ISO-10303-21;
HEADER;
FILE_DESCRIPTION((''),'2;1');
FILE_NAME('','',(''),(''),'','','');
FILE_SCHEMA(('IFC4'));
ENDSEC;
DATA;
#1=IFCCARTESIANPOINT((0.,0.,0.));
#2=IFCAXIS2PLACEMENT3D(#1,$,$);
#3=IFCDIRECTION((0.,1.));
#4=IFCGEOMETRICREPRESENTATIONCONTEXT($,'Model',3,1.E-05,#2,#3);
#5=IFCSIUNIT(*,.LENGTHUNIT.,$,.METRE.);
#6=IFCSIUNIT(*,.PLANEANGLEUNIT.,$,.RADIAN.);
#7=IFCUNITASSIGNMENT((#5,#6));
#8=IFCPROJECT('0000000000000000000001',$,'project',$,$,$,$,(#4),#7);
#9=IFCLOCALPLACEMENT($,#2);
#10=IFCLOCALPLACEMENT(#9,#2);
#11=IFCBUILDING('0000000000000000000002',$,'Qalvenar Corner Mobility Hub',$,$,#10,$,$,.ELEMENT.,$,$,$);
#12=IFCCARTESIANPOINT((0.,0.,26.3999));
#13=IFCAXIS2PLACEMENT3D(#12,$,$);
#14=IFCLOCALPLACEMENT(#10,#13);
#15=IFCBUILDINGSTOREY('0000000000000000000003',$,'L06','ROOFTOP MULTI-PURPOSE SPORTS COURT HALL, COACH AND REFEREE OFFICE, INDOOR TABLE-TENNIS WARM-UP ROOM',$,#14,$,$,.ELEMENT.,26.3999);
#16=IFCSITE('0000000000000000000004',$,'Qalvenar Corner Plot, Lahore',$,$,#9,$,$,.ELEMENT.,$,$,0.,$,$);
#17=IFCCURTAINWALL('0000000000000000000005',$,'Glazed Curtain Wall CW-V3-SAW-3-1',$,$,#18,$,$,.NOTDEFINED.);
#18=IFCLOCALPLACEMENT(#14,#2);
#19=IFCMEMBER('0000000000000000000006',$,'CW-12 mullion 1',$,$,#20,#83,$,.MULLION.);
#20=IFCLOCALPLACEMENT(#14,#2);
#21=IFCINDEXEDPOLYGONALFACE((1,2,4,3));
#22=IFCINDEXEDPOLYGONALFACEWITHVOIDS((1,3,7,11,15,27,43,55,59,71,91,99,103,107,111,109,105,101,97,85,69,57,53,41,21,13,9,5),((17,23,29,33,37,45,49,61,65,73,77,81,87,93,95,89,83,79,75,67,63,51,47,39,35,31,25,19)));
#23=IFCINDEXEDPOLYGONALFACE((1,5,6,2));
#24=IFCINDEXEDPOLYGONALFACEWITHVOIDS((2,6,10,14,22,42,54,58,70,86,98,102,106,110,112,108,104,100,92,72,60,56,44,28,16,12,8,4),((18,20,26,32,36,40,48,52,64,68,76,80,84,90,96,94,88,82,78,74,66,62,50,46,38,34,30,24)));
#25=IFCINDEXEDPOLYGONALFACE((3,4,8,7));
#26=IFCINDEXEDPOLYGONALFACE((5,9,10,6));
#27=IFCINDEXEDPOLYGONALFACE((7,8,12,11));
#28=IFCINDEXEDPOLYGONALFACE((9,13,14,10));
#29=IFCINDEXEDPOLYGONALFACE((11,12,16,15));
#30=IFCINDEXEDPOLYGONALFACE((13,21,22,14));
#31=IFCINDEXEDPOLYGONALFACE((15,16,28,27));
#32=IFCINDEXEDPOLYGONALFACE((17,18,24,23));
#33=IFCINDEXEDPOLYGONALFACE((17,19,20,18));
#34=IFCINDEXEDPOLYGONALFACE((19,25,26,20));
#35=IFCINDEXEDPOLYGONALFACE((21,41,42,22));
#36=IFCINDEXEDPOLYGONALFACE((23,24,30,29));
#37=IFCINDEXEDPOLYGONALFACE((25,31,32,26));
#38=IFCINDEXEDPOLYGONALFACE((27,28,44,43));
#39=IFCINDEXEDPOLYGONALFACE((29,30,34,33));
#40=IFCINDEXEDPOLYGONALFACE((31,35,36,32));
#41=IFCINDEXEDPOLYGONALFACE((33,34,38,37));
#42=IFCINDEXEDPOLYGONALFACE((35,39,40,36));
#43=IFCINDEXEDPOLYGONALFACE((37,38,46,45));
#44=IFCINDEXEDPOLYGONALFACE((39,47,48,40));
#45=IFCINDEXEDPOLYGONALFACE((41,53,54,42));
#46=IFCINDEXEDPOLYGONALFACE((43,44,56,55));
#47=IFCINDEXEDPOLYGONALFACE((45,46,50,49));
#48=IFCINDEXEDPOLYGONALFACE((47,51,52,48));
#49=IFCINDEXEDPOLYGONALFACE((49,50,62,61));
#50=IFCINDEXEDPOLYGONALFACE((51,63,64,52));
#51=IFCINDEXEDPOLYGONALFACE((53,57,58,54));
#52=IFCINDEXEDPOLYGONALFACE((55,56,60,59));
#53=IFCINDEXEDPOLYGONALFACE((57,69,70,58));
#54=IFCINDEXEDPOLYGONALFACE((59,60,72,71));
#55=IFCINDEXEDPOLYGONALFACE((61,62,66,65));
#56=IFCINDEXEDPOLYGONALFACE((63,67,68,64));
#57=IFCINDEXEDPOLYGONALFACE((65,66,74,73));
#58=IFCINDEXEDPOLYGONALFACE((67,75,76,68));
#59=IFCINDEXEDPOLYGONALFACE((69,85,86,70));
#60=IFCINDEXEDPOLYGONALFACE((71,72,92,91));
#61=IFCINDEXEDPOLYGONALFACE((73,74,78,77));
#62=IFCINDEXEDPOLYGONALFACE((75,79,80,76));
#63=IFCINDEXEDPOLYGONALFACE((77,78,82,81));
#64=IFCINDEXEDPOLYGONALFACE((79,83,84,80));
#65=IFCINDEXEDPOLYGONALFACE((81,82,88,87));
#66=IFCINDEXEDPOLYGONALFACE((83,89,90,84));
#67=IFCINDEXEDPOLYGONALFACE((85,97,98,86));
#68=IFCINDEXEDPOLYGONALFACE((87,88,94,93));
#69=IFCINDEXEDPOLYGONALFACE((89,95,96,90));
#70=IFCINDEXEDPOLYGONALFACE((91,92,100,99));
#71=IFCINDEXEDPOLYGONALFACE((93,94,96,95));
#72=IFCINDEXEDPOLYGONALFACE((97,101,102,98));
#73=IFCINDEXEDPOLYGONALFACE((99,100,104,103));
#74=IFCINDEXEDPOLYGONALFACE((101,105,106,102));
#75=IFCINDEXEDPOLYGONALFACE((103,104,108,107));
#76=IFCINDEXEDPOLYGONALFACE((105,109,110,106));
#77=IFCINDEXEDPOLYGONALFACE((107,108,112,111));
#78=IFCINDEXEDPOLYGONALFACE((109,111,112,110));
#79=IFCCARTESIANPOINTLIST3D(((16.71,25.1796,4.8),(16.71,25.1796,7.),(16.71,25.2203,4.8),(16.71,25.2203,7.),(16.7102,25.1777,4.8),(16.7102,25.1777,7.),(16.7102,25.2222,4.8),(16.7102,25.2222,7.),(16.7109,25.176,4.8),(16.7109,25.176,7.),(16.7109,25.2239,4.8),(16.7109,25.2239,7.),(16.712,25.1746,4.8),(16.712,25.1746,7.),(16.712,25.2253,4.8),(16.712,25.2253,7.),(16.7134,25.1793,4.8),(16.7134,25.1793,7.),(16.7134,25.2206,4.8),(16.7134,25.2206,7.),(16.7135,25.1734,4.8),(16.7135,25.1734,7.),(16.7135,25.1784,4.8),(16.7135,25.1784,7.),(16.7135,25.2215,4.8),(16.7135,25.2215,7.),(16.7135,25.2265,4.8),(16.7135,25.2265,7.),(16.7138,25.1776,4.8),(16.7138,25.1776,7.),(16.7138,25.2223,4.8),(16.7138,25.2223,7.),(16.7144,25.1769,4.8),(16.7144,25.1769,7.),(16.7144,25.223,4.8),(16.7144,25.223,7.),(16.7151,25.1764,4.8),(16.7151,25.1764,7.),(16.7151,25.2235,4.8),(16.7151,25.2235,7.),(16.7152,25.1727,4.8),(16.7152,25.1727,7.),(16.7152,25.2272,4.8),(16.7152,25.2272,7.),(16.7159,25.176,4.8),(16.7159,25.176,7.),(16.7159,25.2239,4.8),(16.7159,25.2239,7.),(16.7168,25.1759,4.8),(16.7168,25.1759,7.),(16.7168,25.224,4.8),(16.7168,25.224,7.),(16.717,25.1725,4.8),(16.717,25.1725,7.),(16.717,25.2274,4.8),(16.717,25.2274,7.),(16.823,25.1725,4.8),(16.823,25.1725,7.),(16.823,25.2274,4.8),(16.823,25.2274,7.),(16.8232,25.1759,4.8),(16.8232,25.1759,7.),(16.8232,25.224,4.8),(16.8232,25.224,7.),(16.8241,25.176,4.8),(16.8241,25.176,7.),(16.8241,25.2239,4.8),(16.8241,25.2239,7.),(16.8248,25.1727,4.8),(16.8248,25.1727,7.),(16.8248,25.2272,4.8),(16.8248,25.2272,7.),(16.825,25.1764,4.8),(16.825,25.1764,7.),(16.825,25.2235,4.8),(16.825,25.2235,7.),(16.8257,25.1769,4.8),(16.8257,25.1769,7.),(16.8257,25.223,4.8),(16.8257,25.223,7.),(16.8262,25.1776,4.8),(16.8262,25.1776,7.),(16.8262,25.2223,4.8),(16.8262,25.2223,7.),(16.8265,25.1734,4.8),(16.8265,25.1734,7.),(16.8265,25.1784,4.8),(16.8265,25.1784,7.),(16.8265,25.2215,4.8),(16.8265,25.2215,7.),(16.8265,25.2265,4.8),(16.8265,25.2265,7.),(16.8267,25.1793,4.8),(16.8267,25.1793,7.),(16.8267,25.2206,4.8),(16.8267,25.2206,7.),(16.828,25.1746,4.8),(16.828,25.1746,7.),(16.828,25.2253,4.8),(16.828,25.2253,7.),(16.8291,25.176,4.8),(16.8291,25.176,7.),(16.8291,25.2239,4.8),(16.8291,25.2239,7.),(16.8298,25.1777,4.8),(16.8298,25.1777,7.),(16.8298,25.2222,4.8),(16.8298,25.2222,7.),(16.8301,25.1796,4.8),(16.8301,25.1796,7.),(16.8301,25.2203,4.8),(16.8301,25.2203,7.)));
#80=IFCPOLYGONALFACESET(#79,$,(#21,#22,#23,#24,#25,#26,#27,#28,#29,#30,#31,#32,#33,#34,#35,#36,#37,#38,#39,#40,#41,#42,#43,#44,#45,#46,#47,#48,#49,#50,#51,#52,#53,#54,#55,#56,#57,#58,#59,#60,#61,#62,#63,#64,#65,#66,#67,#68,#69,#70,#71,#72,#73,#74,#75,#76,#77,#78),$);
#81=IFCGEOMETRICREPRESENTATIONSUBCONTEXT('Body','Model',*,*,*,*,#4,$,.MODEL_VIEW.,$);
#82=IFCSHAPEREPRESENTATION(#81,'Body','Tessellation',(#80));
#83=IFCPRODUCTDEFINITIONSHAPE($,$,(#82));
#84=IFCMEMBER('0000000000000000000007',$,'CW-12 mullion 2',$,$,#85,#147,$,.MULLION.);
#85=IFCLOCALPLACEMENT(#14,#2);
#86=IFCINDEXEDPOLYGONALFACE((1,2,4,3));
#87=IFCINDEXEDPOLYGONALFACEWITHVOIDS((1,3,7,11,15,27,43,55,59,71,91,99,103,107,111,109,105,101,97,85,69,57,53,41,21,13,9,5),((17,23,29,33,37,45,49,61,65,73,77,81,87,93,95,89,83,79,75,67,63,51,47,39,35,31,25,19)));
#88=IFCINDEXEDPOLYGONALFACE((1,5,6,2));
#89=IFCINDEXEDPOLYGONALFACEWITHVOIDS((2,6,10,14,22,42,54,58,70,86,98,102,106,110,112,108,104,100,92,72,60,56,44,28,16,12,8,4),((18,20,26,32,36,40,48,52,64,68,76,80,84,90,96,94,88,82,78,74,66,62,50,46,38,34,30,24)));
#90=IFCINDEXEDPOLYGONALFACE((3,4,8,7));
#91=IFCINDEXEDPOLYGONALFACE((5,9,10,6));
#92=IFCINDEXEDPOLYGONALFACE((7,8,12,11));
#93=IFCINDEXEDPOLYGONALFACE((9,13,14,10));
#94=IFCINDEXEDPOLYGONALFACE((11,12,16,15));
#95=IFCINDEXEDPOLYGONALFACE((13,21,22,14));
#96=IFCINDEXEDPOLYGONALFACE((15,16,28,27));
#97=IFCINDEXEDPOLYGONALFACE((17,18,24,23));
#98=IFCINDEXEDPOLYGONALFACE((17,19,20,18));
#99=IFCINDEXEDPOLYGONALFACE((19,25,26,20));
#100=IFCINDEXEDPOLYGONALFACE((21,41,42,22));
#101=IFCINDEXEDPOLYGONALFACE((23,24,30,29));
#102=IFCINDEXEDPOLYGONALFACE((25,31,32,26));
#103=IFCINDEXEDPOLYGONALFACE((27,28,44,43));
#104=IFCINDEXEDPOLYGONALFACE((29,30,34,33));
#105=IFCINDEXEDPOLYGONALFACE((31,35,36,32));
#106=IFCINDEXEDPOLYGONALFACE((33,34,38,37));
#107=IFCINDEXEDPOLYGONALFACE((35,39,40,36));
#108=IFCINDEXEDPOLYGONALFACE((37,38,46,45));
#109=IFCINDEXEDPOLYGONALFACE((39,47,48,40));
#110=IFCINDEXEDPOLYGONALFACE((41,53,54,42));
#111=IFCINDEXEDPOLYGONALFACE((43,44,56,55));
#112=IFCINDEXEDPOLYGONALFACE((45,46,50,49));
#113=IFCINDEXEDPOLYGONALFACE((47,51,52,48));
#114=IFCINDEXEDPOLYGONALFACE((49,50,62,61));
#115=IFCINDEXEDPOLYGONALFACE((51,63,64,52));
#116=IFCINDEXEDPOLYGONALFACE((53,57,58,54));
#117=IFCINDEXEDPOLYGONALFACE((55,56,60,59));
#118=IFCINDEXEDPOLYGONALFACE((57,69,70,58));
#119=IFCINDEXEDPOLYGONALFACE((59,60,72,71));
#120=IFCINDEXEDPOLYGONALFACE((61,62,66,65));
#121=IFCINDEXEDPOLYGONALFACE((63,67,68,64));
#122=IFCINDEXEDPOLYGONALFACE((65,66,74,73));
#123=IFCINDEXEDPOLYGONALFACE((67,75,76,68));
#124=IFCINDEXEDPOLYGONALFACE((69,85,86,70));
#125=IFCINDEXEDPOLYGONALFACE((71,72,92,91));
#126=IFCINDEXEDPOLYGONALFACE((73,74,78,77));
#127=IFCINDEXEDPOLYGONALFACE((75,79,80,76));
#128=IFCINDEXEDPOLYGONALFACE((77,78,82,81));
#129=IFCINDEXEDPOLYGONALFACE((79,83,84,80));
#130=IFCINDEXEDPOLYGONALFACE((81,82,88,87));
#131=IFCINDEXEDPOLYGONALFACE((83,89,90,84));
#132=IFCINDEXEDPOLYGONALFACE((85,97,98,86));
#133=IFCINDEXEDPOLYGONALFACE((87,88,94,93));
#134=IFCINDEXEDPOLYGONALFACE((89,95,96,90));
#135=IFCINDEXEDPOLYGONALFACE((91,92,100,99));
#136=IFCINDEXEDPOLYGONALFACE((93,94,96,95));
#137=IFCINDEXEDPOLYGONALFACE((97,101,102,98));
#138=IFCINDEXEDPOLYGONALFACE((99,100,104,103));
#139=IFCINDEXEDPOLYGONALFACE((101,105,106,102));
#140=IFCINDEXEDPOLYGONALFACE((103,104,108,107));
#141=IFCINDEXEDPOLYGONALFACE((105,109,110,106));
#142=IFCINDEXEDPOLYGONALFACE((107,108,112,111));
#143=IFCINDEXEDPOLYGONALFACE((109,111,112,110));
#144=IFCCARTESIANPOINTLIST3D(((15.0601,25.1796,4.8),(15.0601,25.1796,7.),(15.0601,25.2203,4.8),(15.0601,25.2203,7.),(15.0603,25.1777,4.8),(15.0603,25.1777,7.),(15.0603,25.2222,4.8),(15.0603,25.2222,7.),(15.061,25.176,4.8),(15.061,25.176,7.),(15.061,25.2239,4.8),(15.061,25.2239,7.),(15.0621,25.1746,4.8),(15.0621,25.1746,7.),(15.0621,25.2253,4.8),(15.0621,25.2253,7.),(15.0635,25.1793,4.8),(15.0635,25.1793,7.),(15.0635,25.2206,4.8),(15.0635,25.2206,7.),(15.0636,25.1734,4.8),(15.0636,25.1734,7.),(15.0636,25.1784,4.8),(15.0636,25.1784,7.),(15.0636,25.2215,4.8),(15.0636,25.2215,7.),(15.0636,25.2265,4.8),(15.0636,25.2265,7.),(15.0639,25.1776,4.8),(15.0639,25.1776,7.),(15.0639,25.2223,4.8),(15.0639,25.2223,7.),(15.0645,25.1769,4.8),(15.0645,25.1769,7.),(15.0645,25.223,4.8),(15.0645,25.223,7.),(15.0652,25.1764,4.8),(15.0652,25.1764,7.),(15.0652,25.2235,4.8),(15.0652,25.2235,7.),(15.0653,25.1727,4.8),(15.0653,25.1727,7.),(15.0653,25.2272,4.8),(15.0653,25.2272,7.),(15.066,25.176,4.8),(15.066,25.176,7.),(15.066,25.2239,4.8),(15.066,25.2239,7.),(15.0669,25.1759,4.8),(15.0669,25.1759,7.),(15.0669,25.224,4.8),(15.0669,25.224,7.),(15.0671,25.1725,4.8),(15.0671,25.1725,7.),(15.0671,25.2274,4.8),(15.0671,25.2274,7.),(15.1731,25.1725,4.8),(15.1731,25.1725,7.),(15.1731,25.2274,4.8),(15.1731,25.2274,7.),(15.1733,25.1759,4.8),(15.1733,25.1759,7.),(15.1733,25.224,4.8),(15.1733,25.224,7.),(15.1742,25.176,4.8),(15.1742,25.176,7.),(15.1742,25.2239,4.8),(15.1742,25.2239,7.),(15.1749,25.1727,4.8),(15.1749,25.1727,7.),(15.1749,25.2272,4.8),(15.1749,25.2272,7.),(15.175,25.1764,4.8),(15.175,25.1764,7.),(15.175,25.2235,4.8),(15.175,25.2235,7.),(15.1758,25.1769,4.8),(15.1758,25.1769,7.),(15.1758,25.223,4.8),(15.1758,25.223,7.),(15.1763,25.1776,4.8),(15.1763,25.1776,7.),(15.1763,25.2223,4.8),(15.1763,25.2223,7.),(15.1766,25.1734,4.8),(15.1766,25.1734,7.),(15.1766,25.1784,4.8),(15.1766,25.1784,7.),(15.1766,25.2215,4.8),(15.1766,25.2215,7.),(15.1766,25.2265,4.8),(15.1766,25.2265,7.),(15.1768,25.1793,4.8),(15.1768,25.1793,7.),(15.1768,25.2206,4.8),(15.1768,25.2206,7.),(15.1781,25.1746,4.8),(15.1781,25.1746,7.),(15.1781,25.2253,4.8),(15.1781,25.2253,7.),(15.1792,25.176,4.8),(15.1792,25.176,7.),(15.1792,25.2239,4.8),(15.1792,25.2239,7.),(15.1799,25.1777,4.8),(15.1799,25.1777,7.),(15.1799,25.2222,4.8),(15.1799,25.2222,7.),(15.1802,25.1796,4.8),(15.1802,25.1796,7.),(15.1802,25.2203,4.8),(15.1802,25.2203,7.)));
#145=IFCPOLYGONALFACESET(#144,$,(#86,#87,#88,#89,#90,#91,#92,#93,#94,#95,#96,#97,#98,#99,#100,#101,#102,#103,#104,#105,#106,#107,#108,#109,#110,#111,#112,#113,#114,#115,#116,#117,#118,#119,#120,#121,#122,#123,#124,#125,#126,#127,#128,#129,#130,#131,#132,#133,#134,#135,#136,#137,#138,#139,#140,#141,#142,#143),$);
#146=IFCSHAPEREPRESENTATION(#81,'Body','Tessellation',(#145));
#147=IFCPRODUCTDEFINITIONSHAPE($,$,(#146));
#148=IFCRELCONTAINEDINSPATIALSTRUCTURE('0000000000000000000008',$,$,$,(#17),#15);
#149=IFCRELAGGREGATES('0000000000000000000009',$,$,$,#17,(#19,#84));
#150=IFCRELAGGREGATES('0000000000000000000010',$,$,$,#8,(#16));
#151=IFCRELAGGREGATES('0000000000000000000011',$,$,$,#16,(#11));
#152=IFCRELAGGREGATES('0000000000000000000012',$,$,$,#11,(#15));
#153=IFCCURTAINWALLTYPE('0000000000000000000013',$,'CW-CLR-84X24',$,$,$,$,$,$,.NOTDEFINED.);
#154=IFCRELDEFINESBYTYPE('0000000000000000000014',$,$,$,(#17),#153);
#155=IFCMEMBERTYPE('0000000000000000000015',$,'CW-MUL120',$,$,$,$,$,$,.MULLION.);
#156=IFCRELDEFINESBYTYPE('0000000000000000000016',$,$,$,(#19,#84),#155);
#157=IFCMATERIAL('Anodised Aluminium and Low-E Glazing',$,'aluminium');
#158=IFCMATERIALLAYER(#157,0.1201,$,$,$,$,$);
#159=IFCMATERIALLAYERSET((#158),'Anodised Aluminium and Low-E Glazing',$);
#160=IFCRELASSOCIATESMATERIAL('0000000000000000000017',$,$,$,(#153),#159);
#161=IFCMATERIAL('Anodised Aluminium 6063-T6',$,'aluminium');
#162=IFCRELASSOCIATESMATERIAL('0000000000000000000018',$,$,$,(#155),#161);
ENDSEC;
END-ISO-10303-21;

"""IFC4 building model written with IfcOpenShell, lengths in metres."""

from ifc_helpers import new_model, si_unit, direction, frame, origin, origin_2d, place, context, subcontext, project, spatial, hollow_rectangle, extrude, material, layer, layer_set, material_profile, profile_set, type_object, element, aggregate, save


model = new_model("IFC4")

# Units and contexts
model_context = context("Model", 3, precision=1e-05, world=origin(), true_north=direction((0.0, 1.0)))
body_context = subcontext(model_context, "Body", "Model", "MODEL_VIEW")
ifc_project = project(units=[si_unit("LENGTHUNIT", "METRE"), si_unit("PLANEANGLEUNIT", "RADIAN")], contexts=[model_context])

# Site, building, storey
site_placement = place(None, origin())
site = spatial("IfcSite", under=ifc_project, at=site_placement, Name="Qalvenar Corner Plot, Lahore", CompositionType="ELEMENT", RefElevation=0.0)
building_placement = place(site_placement, origin())
building = spatial("IfcBuilding", under=site, at=building_placement, Name="Qalvenar Corner Mobility Hub", CompositionType="ELEMENT")
storey_placement = place(building_placement, frame((0.0, 0.0, 26.3999)))
storey = spatial("IfcBuildingStorey", under=building, at=storey_placement, Name="L06", Description="ROOFTOP MULTI-PURPOSE SPORTS COURT HALL, COACH AND REFEREE OFFICE, INDOOR TABLE-TENNIS WARM-UP ROOM", CompositionType="ELEMENT", Elevation=26.3999)

# Curtain wall, members
ifc_material_1 = material(Name="Anodised Aluminium and Low-E Glazing", Category="aluminium")
ifc_layer_1 = layer(ifc_material_1, 0.1201)
ifc_layer_set_1 = layer_set([ifc_layer_1], Name="Anodised Aluminium and Low-E Glazing")
curtain_wall_type = type_object("IfcCurtainWallType", Name="CW-CLR-84X24", PredefinedType="NOTDEFINED", material=ifc_layer_set_1)
ifc_material_2 = material(Name="Anodised Aluminium 6063-T6", Category="aluminium")
ifc_material_profile_1 = material_profile(ifc_material_2, hollow_rectangle(XDim=0.0549, YDim=0.1201, WallThickness=0.0034, InnerFilletRadius=0.0034, OuterFilletRadius=0.0071, at=origin_2d()), Name="RHS120x55x3.5")
ifc_profile_set_1 = profile_set([ifc_material_profile_1], Name="Anodised Aluminium 6063-T6")
member_type_1 = type_object("IfcMemberType", Name="CW-MUL120", PredefinedType="MULLION", material=ifc_profile_set_1)
curtain_wall_1_placement = place(storey_placement, origin())
curtain_wall_1 = element("IfcCurtainWall", 1, at=curtain_wall_1_placement, inside=storey, type_object=curtain_wall_type, Name="Glazed Curtain Wall CW-V3-SAW-3-1", PredefinedType="NOTDEFINED")
member_1_placement = place(storey_placement, frame((16.77, 25.2, 4.8), z_axis=(0.0, 0.0, 1.0), x_axis=(0.0, -1.0, 0.0)))
member_1 = element("IfcMember", 2, at=member_1_placement, type_object=member_type_1, Name="CW-12 mullion 1", PredefinedType="MULLION", context=body_context, shape_type="SweptSolid", body=[
    extrude(hollow_rectangle(XDim=0.0549, YDim=0.1201, WallThickness=0.0034, InnerFilletRadius=0.0034, OuterFilletRadius=0.0071, at=origin_2d()), origin(), (0.0, 0.0, 1.0), 2.2),
])
member_2_placement = place(storey_placement, frame((15.1201, 25.2, 4.8), z_axis=(0.0, 0.0, 1.0), x_axis=(0.0, -1.0, 0.0)))
member_2 = element("IfcMember", 3, at=member_2_placement, type_object=member_type_1, Name="CW-12 mullion 2", PredefinedType="MULLION", context=body_context, shape_type="SweptSolid", body=[
    extrude(hollow_rectangle(XDim=0.0549, YDim=0.1201, WallThickness=0.0034, InnerFilletRadius=0.0034, OuterFilletRadius=0.0071, at=origin_2d()), origin(), (0.0, 0.0, 1.0), 2.2),
])

aggregate(curtain_wall_1, [member_1, member_2])

save(model, "model.ifc")
